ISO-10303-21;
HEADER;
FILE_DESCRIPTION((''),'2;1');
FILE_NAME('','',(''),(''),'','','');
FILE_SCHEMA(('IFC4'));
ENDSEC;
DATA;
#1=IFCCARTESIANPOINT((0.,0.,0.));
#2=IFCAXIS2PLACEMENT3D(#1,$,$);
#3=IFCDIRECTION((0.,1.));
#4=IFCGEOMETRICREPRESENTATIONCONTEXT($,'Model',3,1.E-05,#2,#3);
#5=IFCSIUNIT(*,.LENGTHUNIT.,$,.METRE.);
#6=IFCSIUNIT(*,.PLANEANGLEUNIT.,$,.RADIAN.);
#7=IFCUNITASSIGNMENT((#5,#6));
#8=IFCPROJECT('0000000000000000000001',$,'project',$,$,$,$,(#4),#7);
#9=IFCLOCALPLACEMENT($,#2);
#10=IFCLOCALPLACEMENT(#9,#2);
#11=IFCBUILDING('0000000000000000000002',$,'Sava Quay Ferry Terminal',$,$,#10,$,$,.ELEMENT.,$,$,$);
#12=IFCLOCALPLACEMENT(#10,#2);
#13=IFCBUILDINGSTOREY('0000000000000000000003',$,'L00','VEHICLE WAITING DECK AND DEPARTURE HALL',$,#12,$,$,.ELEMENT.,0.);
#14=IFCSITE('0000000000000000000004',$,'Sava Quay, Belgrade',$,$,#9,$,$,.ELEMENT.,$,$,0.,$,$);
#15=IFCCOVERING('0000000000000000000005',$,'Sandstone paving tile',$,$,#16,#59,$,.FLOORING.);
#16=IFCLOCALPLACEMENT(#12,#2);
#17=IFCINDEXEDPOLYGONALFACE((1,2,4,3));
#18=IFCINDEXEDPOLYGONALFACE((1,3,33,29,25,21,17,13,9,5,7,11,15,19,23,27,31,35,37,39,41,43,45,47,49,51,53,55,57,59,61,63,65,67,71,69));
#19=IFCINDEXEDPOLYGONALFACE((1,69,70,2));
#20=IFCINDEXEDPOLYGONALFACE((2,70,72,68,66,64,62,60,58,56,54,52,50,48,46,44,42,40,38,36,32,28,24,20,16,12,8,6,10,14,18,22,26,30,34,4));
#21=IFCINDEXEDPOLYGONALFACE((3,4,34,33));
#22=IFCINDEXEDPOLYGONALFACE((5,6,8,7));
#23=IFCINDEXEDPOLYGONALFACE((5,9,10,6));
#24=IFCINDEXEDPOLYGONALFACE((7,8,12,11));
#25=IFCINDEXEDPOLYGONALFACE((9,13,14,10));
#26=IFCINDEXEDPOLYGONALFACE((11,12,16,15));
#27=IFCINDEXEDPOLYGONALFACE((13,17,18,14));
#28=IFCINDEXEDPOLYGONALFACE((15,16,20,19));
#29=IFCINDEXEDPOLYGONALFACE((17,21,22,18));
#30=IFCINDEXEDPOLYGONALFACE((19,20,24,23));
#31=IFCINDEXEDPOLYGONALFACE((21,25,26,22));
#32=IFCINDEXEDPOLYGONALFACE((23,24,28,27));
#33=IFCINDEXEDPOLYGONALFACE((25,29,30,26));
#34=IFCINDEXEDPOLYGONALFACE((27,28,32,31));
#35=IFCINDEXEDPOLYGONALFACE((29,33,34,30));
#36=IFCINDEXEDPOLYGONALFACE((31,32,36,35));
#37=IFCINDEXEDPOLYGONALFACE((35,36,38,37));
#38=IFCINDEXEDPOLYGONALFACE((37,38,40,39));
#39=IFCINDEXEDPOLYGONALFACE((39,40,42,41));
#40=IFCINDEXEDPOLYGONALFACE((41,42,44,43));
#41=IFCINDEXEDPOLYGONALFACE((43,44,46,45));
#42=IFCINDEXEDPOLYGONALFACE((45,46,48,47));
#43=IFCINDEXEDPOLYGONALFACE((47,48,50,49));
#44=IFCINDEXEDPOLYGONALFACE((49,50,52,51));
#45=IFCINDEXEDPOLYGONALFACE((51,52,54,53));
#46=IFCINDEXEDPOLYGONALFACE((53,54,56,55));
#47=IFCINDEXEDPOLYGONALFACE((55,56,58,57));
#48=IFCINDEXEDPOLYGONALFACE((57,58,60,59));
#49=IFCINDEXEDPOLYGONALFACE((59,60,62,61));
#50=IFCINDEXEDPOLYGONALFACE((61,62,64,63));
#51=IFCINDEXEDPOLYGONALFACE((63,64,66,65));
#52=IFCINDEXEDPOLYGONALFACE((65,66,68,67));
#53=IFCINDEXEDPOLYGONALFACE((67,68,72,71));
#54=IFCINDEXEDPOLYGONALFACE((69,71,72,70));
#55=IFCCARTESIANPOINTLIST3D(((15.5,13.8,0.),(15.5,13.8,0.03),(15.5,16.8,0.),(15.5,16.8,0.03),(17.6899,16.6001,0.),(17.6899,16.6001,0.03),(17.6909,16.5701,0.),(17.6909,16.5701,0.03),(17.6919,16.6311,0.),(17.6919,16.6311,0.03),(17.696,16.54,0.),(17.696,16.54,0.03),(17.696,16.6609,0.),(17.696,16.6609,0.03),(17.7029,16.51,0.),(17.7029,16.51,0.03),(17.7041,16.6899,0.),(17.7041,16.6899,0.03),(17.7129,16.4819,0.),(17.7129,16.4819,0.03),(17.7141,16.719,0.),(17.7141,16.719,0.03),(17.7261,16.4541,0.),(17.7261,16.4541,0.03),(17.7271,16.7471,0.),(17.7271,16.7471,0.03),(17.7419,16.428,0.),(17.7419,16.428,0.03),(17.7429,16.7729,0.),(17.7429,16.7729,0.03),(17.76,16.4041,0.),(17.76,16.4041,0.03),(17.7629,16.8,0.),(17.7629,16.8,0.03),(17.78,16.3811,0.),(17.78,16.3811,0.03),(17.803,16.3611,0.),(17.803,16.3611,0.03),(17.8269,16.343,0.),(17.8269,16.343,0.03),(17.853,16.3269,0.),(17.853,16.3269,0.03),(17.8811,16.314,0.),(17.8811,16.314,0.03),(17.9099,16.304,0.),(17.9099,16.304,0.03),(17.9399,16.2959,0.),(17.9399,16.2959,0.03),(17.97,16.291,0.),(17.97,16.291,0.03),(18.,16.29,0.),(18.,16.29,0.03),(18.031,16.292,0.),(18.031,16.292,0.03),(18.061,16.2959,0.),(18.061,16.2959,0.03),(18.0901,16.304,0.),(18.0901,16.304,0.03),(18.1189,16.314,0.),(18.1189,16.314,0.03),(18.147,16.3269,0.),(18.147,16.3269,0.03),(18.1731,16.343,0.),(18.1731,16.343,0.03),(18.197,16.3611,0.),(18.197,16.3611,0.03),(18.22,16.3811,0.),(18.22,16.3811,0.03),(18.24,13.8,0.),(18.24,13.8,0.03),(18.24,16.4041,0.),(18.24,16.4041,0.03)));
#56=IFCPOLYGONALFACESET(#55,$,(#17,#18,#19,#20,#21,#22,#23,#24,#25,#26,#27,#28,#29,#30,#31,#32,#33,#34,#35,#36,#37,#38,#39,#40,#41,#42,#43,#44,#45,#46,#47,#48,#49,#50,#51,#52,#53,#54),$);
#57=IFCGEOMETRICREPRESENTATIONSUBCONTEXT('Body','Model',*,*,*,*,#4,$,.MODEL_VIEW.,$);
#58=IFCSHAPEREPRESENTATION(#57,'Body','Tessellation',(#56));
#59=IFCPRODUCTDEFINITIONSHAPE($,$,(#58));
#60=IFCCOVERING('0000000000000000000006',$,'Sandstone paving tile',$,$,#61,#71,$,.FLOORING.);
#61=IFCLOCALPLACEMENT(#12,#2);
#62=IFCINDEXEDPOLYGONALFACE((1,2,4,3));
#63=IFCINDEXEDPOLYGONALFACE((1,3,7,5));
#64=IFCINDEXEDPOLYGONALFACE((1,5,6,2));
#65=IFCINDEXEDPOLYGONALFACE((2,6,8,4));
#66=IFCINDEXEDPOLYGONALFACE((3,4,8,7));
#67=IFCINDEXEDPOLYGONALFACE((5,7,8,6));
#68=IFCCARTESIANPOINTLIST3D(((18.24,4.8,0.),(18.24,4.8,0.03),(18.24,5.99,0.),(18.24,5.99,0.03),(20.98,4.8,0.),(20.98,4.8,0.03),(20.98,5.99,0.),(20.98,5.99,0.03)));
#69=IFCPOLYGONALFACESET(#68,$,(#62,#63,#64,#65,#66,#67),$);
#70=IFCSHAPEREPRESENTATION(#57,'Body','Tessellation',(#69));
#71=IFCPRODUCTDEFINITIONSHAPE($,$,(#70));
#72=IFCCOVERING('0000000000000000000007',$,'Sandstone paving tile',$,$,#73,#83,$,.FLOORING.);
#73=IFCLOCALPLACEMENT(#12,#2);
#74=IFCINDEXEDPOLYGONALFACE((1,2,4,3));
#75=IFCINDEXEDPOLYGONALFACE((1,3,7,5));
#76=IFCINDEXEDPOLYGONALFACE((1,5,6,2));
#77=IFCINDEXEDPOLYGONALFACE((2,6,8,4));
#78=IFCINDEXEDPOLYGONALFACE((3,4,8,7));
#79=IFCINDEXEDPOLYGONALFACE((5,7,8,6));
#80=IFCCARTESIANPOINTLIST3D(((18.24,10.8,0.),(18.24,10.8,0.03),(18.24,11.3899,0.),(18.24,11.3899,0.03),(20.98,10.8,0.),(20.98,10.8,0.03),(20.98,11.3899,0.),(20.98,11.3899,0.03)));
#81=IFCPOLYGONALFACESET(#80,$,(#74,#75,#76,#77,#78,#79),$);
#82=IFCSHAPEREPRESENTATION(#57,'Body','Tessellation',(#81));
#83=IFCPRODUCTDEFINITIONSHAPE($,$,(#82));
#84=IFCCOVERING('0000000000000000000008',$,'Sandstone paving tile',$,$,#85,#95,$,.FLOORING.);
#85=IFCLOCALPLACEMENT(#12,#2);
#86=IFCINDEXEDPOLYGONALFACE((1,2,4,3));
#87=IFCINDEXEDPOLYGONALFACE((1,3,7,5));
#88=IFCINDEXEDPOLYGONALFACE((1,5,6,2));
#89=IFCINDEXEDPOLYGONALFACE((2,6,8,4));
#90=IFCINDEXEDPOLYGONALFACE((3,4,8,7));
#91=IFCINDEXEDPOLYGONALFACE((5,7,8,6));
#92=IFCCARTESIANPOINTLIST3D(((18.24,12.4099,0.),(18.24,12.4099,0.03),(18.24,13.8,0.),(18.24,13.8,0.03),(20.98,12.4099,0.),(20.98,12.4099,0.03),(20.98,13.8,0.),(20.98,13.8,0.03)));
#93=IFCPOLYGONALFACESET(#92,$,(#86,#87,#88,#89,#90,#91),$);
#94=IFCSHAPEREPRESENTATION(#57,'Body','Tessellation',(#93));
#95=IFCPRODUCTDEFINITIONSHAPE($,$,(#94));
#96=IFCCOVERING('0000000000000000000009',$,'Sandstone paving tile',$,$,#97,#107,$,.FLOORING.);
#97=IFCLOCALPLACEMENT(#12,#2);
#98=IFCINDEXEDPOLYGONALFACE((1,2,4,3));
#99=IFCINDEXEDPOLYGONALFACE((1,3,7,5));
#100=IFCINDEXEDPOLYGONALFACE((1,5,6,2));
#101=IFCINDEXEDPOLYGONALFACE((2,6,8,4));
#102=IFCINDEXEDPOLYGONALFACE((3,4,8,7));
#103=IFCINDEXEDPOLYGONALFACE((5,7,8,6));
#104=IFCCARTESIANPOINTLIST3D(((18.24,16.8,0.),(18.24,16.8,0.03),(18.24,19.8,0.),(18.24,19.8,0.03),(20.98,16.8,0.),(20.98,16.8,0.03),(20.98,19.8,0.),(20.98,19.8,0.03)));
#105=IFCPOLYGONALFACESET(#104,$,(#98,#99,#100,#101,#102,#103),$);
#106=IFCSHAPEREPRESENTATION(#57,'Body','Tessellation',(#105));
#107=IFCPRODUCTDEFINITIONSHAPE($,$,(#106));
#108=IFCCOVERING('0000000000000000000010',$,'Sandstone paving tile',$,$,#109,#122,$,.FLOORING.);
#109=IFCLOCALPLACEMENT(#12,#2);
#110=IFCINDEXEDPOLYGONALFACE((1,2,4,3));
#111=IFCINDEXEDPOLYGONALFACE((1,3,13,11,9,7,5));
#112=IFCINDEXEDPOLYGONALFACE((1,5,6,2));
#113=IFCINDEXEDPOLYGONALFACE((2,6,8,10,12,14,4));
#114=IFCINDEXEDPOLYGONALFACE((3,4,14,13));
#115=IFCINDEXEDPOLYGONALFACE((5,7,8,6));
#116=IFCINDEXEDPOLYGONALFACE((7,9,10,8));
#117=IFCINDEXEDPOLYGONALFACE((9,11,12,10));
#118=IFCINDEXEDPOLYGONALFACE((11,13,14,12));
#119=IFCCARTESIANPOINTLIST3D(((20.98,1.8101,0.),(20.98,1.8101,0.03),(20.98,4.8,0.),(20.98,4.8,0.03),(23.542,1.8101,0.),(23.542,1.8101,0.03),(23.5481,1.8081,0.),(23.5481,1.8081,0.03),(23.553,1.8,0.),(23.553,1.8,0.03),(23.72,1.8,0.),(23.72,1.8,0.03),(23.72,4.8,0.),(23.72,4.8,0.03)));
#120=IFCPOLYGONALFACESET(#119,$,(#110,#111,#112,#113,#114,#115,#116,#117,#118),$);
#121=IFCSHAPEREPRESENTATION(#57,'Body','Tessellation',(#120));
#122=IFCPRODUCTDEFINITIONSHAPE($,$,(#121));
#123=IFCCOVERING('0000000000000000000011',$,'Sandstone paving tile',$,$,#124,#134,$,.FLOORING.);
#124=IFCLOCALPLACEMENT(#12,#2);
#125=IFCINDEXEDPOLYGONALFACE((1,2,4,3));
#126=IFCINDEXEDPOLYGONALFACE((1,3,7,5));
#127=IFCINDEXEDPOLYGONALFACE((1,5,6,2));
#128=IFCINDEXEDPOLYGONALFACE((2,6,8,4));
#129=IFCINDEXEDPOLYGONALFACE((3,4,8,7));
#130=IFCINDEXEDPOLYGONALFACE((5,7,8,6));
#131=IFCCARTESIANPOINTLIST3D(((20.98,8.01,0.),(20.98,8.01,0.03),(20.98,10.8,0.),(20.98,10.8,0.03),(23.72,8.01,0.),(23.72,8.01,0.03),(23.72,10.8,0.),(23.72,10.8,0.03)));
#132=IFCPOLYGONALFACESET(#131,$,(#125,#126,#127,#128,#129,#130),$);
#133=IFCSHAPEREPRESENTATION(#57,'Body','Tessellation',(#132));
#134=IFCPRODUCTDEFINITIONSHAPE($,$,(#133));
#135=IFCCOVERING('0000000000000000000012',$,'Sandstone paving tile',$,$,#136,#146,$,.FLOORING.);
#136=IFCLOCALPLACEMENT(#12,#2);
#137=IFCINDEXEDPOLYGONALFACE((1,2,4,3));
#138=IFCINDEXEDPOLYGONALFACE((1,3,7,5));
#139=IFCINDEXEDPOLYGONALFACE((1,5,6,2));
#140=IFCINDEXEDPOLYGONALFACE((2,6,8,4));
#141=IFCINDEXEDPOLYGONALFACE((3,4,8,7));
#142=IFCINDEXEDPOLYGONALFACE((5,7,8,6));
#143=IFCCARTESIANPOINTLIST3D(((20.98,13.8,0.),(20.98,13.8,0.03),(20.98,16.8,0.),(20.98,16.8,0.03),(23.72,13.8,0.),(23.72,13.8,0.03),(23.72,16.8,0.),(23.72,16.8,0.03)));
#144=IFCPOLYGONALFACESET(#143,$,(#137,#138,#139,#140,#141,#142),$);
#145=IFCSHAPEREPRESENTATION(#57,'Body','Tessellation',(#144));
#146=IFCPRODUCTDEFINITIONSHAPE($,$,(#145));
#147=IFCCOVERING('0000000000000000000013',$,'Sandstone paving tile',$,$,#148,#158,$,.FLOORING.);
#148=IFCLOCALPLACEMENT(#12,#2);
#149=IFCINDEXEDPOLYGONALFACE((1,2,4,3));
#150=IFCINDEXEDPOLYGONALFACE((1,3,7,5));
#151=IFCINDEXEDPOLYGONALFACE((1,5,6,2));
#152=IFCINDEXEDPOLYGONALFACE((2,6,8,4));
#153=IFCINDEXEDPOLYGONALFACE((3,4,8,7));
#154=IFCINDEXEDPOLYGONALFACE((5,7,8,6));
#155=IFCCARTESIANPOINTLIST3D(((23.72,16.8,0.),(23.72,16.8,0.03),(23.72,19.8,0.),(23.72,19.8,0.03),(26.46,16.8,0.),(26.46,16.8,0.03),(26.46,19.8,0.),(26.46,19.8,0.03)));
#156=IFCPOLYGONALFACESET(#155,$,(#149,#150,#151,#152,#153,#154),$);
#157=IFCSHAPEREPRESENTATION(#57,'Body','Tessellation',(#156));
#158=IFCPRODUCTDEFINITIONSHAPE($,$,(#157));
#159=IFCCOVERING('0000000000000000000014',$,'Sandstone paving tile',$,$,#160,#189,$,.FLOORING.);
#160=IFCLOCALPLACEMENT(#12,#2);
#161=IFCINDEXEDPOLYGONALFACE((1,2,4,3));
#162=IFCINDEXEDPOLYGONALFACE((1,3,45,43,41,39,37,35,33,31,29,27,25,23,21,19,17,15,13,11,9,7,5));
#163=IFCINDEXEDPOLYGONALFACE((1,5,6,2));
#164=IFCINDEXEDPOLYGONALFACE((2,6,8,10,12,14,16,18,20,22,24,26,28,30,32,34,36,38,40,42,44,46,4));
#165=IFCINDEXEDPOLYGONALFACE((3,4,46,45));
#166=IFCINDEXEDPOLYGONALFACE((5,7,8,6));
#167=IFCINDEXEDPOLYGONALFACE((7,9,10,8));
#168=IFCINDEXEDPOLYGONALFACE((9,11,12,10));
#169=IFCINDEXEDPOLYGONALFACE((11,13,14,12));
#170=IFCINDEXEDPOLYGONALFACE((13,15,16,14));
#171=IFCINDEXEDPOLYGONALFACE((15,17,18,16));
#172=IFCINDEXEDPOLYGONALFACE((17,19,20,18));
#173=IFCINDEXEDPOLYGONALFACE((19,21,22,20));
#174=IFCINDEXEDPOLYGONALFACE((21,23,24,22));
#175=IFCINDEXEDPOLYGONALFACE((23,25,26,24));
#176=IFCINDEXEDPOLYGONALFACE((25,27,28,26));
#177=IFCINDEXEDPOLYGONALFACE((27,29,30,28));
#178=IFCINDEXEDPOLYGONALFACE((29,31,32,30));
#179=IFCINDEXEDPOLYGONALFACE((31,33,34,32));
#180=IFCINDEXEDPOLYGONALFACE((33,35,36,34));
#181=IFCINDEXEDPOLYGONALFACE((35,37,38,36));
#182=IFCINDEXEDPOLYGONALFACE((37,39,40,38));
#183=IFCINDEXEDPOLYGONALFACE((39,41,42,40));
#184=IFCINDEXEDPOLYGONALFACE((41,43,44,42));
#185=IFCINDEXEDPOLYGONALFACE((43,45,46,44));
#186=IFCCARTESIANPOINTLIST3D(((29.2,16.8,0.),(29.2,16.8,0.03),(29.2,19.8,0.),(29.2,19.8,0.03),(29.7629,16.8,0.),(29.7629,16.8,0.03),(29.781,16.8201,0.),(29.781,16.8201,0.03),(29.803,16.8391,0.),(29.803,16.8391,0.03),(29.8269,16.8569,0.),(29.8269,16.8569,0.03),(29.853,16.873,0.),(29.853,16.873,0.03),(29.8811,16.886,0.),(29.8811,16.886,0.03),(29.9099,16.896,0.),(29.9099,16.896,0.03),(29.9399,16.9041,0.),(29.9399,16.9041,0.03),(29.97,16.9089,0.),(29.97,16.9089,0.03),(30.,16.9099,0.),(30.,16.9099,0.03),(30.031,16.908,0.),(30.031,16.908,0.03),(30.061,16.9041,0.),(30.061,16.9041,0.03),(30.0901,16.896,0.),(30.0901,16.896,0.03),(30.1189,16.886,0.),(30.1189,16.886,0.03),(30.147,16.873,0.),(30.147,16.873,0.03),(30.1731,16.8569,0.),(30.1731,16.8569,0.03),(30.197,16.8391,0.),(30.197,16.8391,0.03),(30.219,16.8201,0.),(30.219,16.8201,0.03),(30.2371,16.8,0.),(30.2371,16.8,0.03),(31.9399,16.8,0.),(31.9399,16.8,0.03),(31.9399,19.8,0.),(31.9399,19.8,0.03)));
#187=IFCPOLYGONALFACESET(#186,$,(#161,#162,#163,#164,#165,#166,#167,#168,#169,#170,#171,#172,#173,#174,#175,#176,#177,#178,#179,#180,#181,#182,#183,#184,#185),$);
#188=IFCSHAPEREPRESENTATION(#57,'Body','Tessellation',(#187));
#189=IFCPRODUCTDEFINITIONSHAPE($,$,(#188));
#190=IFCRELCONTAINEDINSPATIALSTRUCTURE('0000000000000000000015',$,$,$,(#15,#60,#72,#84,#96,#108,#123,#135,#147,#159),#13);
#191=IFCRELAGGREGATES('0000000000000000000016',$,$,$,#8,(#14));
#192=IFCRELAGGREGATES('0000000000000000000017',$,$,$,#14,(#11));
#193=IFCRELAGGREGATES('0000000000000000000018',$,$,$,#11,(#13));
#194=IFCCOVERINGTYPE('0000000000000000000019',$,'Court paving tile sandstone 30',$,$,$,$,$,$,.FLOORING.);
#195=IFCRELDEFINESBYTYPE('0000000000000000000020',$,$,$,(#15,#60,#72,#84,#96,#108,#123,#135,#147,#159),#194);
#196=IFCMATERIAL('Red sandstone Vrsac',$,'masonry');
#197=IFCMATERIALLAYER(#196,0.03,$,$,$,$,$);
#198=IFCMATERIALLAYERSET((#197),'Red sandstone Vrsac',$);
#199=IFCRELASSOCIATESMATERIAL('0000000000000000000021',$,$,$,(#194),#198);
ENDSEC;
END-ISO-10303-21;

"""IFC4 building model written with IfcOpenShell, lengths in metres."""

from ifc_helpers import new_model, si_unit, direction, origin, place, context, subcontext, project, spatial, polyline, outline, extrude, material, layer, layer_set, type_object, element, save


model = new_model("IFC4")

# Units and contexts
model_context = context("Model", 3, precision=1e-05, world=origin(), true_north=direction((0.0, 1.0)))
body_context = subcontext(model_context, "Body", "Model", "MODEL_VIEW")
ifc_project = project(units=[si_unit("LENGTHUNIT", "METRE"), si_unit("PLANEANGLEUNIT", "RADIAN")], contexts=[model_context])

# Site, building, storey
site_placement = place(None, origin())
site = spatial("IfcSite", under=ifc_project, at=site_placement, Name="Sava Quay, Belgrade", CompositionType="ELEMENT", RefElevation=0.0)
building_placement = place(site_placement, origin())
building = spatial("IfcBuilding", under=site, at=building_placement, Name="Sava Quay Ferry Terminal", CompositionType="ELEMENT")
storey_placement = place(building_placement, origin())
storey = spatial("IfcBuildingStorey", under=building, at=storey_placement, Name="L00", Description="VEHICLE WAITING DECK AND DEPARTURE HALL", CompositionType="ELEMENT", Elevation=0.0)

# Coverings
ifc_material_1 = material(Name="Red sandstone Vrsac", Category="masonry")
ifc_layer_1 = layer(ifc_material_1, 0.03)
ifc_layer_set_1 = layer_set([ifc_layer_1], Name="Red sandstone Vrsac")
covering_type_1 = type_object("IfcCoveringType", Name="Court paving tile sandstone 30", PredefinedType="FLOORING", material=ifc_layer_set_1)
covering_1_placement = place(storey_placement, origin())
element("IfcCovering", 1, at=covering_1_placement, inside=storey, type_object=covering_type_1, Name="Sandstone paving tile", PredefinedType="FLOORING", context=body_context, shape_type="SweptSolid", body=[
    extrude(outline(polyline([(18.24, 13.8), (18.24, 16.4041), (18.22, 16.3811), (18.197, 16.3611), (18.1731, 16.343), (18.147, 16.3269), (18.1189, 16.314), (18.0901, 16.304), (18.061, 16.2959), (18.031, 16.292), (18.0, 16.29), (17.97, 16.291), (17.9399, 16.2959), (17.9099, 16.304), (17.8811, 16.314), (17.853, 16.3269), (17.8269, 16.343), (17.803, 16.3611), (17.78, 16.3811), (17.76, 16.4041), (17.7419, 16.428), (17.7261, 16.4541), (17.7129, 16.4819), (17.7029, 16.51), (17.696, 16.54), (17.6909, 16.5701), (17.6899, 16.6001), (17.6919, 16.6311), (17.696, 16.6609), (17.7041, 16.6899), (17.7141, 16.719), (17.7271, 16.7471), (17.7429, 16.7729), (17.7629, 16.8), (15.5, 16.8), (15.5, 13.8), (18.24, 13.8)])), origin(), (0.0, 0.0, 1.0), 0.03),
])
covering_2_placement = place(storey_placement, origin())
element("IfcCovering", 2, at=covering_2_placement, inside=storey, type_object=covering_type_1, Name="Sandstone paving tile", PredefinedType="FLOORING", context=body_context, shape_type="SweptSolid", body=[
    extrude(outline(polyline([(20.98, 4.8), (20.98, 5.99), (18.24, 5.99), (18.24, 4.8), (20.98, 4.8)])), origin(), (0.0, 0.0, 1.0), 0.03),
])
covering_3_placement = place(storey_placement, origin())
element("IfcCovering", 3, at=covering_3_placement, inside=storey, type_object=covering_type_1, Name="Sandstone paving tile", PredefinedType="FLOORING", context=body_context, shape_type="SweptSolid", body=[
    extrude(outline(polyline([(20.98, 10.8), (20.98, 11.3899), (18.24, 11.3899), (18.24, 10.8), (20.98, 10.8)])), origin(), (0.0, 0.0, 1.0), 0.03),
])
covering_4_placement = place(storey_placement, origin())
element("IfcCovering", 4, at=covering_4_placement, inside=storey, type_object=covering_type_1, Name="Sandstone paving tile", PredefinedType="FLOORING", context=body_context, shape_type="SweptSolid", body=[
    extrude(outline(polyline([(18.24, 13.8), (18.24, 12.4099), (20.98, 12.4099), (20.98, 13.8), (18.24, 13.8)])), origin(), (0.0, 0.0, 1.0), 0.03),
])
covering_5_placement = place(storey_placement, origin())
element("IfcCovering", 5, at=covering_5_placement, inside=storey, type_object=covering_type_1, Name="Sandstone paving tile", PredefinedType="FLOORING", context=body_context, shape_type="SweptSolid", body=[
    extrude(outline(polyline([(20.98, 16.8), (20.98, 19.8), (18.24, 19.8), (18.24, 16.8), (20.98, 16.8)])), origin(), (0.0, 0.0, 1.0), 0.03),
])
covering_6_placement = place(storey_placement, origin())
element("IfcCovering", 6, at=covering_6_placement, inside=storey, type_object=covering_type_1, Name="Sandstone paving tile", PredefinedType="FLOORING", context=body_context, shape_type="SweptSolid", body=[
    extrude(outline(polyline([(20.98, 4.8), (20.98, 1.8101), (23.542, 1.8101), (23.5481, 1.8081), (23.553, 1.8), (23.72, 1.8), (23.72, 4.8), (20.98, 4.8)])), origin(), (0.0, 0.0, 1.0), 0.03),
])
covering_7_placement = place(storey_placement, origin())
element("IfcCovering", 7, at=covering_7_placement, inside=storey, type_object=covering_type_1, Name="Sandstone paving tile", PredefinedType="FLOORING", context=body_context, shape_type="SweptSolid", body=[
    extrude(outline(polyline([(20.98, 10.8), (20.98, 8.01), (23.72, 8.01), (23.72, 10.8), (20.98, 10.8)])), origin(), (0.0, 0.0, 1.0), 0.03),
])
covering_8_placement = place(storey_placement, origin())
element("IfcCovering", 8, at=covering_8_placement, inside=storey, type_object=covering_type_1, Name="Sandstone paving tile", PredefinedType="FLOORING", context=body_context, shape_type="SweptSolid", body=[
    extrude(outline(polyline([(20.98, 13.8), (23.72, 13.8), (23.72, 16.8), (20.98, 16.8), (20.98, 13.8)])), origin(), (0.0, 0.0, 1.0), 0.03),
])
covering_9_placement = place(storey_placement, origin())
element("IfcCovering", 9, at=covering_9_placement, inside=storey, type_object=covering_type_1, Name="Sandstone paving tile", PredefinedType="FLOORING", context=body_context, shape_type="SweptSolid", body=[
    extrude(outline(polyline([(26.46, 16.8), (26.46, 19.8), (23.72, 19.8), (23.72, 16.8), (26.46, 16.8)])), origin(), (0.0, 0.0, 1.0), 0.03),
])
covering_10_placement = place(storey_placement, origin())
element("IfcCovering", 10, at=covering_10_placement, inside=storey, type_object=covering_type_1, Name="Sandstone paving tile", PredefinedType="FLOORING", context=body_context, shape_type="SweptSolid", body=[
    extrude(outline(polyline([(31.9399, 16.8), (31.9399, 19.8), (29.2, 19.8), (29.2, 16.8), (29.7629, 16.8), (29.781, 16.8201), (29.803, 16.8391), (29.8269, 16.8569), (29.853, 16.873), (29.8811, 16.886), (29.9099, 16.896), (29.9399, 16.9041), (29.97, 16.9089), (30.0, 16.9099), (30.031, 16.908), (30.061, 16.9041), (30.0901, 16.896), (30.1189, 16.886), (30.147, 16.873), (30.1731, 16.8569), (30.197, 16.8391), (30.219, 16.8201), (30.2371, 16.8), (31.9399, 16.8)])), origin(), (0.0, 0.0, 1.0), 0.03),
])

save(model, "model.ifc")
